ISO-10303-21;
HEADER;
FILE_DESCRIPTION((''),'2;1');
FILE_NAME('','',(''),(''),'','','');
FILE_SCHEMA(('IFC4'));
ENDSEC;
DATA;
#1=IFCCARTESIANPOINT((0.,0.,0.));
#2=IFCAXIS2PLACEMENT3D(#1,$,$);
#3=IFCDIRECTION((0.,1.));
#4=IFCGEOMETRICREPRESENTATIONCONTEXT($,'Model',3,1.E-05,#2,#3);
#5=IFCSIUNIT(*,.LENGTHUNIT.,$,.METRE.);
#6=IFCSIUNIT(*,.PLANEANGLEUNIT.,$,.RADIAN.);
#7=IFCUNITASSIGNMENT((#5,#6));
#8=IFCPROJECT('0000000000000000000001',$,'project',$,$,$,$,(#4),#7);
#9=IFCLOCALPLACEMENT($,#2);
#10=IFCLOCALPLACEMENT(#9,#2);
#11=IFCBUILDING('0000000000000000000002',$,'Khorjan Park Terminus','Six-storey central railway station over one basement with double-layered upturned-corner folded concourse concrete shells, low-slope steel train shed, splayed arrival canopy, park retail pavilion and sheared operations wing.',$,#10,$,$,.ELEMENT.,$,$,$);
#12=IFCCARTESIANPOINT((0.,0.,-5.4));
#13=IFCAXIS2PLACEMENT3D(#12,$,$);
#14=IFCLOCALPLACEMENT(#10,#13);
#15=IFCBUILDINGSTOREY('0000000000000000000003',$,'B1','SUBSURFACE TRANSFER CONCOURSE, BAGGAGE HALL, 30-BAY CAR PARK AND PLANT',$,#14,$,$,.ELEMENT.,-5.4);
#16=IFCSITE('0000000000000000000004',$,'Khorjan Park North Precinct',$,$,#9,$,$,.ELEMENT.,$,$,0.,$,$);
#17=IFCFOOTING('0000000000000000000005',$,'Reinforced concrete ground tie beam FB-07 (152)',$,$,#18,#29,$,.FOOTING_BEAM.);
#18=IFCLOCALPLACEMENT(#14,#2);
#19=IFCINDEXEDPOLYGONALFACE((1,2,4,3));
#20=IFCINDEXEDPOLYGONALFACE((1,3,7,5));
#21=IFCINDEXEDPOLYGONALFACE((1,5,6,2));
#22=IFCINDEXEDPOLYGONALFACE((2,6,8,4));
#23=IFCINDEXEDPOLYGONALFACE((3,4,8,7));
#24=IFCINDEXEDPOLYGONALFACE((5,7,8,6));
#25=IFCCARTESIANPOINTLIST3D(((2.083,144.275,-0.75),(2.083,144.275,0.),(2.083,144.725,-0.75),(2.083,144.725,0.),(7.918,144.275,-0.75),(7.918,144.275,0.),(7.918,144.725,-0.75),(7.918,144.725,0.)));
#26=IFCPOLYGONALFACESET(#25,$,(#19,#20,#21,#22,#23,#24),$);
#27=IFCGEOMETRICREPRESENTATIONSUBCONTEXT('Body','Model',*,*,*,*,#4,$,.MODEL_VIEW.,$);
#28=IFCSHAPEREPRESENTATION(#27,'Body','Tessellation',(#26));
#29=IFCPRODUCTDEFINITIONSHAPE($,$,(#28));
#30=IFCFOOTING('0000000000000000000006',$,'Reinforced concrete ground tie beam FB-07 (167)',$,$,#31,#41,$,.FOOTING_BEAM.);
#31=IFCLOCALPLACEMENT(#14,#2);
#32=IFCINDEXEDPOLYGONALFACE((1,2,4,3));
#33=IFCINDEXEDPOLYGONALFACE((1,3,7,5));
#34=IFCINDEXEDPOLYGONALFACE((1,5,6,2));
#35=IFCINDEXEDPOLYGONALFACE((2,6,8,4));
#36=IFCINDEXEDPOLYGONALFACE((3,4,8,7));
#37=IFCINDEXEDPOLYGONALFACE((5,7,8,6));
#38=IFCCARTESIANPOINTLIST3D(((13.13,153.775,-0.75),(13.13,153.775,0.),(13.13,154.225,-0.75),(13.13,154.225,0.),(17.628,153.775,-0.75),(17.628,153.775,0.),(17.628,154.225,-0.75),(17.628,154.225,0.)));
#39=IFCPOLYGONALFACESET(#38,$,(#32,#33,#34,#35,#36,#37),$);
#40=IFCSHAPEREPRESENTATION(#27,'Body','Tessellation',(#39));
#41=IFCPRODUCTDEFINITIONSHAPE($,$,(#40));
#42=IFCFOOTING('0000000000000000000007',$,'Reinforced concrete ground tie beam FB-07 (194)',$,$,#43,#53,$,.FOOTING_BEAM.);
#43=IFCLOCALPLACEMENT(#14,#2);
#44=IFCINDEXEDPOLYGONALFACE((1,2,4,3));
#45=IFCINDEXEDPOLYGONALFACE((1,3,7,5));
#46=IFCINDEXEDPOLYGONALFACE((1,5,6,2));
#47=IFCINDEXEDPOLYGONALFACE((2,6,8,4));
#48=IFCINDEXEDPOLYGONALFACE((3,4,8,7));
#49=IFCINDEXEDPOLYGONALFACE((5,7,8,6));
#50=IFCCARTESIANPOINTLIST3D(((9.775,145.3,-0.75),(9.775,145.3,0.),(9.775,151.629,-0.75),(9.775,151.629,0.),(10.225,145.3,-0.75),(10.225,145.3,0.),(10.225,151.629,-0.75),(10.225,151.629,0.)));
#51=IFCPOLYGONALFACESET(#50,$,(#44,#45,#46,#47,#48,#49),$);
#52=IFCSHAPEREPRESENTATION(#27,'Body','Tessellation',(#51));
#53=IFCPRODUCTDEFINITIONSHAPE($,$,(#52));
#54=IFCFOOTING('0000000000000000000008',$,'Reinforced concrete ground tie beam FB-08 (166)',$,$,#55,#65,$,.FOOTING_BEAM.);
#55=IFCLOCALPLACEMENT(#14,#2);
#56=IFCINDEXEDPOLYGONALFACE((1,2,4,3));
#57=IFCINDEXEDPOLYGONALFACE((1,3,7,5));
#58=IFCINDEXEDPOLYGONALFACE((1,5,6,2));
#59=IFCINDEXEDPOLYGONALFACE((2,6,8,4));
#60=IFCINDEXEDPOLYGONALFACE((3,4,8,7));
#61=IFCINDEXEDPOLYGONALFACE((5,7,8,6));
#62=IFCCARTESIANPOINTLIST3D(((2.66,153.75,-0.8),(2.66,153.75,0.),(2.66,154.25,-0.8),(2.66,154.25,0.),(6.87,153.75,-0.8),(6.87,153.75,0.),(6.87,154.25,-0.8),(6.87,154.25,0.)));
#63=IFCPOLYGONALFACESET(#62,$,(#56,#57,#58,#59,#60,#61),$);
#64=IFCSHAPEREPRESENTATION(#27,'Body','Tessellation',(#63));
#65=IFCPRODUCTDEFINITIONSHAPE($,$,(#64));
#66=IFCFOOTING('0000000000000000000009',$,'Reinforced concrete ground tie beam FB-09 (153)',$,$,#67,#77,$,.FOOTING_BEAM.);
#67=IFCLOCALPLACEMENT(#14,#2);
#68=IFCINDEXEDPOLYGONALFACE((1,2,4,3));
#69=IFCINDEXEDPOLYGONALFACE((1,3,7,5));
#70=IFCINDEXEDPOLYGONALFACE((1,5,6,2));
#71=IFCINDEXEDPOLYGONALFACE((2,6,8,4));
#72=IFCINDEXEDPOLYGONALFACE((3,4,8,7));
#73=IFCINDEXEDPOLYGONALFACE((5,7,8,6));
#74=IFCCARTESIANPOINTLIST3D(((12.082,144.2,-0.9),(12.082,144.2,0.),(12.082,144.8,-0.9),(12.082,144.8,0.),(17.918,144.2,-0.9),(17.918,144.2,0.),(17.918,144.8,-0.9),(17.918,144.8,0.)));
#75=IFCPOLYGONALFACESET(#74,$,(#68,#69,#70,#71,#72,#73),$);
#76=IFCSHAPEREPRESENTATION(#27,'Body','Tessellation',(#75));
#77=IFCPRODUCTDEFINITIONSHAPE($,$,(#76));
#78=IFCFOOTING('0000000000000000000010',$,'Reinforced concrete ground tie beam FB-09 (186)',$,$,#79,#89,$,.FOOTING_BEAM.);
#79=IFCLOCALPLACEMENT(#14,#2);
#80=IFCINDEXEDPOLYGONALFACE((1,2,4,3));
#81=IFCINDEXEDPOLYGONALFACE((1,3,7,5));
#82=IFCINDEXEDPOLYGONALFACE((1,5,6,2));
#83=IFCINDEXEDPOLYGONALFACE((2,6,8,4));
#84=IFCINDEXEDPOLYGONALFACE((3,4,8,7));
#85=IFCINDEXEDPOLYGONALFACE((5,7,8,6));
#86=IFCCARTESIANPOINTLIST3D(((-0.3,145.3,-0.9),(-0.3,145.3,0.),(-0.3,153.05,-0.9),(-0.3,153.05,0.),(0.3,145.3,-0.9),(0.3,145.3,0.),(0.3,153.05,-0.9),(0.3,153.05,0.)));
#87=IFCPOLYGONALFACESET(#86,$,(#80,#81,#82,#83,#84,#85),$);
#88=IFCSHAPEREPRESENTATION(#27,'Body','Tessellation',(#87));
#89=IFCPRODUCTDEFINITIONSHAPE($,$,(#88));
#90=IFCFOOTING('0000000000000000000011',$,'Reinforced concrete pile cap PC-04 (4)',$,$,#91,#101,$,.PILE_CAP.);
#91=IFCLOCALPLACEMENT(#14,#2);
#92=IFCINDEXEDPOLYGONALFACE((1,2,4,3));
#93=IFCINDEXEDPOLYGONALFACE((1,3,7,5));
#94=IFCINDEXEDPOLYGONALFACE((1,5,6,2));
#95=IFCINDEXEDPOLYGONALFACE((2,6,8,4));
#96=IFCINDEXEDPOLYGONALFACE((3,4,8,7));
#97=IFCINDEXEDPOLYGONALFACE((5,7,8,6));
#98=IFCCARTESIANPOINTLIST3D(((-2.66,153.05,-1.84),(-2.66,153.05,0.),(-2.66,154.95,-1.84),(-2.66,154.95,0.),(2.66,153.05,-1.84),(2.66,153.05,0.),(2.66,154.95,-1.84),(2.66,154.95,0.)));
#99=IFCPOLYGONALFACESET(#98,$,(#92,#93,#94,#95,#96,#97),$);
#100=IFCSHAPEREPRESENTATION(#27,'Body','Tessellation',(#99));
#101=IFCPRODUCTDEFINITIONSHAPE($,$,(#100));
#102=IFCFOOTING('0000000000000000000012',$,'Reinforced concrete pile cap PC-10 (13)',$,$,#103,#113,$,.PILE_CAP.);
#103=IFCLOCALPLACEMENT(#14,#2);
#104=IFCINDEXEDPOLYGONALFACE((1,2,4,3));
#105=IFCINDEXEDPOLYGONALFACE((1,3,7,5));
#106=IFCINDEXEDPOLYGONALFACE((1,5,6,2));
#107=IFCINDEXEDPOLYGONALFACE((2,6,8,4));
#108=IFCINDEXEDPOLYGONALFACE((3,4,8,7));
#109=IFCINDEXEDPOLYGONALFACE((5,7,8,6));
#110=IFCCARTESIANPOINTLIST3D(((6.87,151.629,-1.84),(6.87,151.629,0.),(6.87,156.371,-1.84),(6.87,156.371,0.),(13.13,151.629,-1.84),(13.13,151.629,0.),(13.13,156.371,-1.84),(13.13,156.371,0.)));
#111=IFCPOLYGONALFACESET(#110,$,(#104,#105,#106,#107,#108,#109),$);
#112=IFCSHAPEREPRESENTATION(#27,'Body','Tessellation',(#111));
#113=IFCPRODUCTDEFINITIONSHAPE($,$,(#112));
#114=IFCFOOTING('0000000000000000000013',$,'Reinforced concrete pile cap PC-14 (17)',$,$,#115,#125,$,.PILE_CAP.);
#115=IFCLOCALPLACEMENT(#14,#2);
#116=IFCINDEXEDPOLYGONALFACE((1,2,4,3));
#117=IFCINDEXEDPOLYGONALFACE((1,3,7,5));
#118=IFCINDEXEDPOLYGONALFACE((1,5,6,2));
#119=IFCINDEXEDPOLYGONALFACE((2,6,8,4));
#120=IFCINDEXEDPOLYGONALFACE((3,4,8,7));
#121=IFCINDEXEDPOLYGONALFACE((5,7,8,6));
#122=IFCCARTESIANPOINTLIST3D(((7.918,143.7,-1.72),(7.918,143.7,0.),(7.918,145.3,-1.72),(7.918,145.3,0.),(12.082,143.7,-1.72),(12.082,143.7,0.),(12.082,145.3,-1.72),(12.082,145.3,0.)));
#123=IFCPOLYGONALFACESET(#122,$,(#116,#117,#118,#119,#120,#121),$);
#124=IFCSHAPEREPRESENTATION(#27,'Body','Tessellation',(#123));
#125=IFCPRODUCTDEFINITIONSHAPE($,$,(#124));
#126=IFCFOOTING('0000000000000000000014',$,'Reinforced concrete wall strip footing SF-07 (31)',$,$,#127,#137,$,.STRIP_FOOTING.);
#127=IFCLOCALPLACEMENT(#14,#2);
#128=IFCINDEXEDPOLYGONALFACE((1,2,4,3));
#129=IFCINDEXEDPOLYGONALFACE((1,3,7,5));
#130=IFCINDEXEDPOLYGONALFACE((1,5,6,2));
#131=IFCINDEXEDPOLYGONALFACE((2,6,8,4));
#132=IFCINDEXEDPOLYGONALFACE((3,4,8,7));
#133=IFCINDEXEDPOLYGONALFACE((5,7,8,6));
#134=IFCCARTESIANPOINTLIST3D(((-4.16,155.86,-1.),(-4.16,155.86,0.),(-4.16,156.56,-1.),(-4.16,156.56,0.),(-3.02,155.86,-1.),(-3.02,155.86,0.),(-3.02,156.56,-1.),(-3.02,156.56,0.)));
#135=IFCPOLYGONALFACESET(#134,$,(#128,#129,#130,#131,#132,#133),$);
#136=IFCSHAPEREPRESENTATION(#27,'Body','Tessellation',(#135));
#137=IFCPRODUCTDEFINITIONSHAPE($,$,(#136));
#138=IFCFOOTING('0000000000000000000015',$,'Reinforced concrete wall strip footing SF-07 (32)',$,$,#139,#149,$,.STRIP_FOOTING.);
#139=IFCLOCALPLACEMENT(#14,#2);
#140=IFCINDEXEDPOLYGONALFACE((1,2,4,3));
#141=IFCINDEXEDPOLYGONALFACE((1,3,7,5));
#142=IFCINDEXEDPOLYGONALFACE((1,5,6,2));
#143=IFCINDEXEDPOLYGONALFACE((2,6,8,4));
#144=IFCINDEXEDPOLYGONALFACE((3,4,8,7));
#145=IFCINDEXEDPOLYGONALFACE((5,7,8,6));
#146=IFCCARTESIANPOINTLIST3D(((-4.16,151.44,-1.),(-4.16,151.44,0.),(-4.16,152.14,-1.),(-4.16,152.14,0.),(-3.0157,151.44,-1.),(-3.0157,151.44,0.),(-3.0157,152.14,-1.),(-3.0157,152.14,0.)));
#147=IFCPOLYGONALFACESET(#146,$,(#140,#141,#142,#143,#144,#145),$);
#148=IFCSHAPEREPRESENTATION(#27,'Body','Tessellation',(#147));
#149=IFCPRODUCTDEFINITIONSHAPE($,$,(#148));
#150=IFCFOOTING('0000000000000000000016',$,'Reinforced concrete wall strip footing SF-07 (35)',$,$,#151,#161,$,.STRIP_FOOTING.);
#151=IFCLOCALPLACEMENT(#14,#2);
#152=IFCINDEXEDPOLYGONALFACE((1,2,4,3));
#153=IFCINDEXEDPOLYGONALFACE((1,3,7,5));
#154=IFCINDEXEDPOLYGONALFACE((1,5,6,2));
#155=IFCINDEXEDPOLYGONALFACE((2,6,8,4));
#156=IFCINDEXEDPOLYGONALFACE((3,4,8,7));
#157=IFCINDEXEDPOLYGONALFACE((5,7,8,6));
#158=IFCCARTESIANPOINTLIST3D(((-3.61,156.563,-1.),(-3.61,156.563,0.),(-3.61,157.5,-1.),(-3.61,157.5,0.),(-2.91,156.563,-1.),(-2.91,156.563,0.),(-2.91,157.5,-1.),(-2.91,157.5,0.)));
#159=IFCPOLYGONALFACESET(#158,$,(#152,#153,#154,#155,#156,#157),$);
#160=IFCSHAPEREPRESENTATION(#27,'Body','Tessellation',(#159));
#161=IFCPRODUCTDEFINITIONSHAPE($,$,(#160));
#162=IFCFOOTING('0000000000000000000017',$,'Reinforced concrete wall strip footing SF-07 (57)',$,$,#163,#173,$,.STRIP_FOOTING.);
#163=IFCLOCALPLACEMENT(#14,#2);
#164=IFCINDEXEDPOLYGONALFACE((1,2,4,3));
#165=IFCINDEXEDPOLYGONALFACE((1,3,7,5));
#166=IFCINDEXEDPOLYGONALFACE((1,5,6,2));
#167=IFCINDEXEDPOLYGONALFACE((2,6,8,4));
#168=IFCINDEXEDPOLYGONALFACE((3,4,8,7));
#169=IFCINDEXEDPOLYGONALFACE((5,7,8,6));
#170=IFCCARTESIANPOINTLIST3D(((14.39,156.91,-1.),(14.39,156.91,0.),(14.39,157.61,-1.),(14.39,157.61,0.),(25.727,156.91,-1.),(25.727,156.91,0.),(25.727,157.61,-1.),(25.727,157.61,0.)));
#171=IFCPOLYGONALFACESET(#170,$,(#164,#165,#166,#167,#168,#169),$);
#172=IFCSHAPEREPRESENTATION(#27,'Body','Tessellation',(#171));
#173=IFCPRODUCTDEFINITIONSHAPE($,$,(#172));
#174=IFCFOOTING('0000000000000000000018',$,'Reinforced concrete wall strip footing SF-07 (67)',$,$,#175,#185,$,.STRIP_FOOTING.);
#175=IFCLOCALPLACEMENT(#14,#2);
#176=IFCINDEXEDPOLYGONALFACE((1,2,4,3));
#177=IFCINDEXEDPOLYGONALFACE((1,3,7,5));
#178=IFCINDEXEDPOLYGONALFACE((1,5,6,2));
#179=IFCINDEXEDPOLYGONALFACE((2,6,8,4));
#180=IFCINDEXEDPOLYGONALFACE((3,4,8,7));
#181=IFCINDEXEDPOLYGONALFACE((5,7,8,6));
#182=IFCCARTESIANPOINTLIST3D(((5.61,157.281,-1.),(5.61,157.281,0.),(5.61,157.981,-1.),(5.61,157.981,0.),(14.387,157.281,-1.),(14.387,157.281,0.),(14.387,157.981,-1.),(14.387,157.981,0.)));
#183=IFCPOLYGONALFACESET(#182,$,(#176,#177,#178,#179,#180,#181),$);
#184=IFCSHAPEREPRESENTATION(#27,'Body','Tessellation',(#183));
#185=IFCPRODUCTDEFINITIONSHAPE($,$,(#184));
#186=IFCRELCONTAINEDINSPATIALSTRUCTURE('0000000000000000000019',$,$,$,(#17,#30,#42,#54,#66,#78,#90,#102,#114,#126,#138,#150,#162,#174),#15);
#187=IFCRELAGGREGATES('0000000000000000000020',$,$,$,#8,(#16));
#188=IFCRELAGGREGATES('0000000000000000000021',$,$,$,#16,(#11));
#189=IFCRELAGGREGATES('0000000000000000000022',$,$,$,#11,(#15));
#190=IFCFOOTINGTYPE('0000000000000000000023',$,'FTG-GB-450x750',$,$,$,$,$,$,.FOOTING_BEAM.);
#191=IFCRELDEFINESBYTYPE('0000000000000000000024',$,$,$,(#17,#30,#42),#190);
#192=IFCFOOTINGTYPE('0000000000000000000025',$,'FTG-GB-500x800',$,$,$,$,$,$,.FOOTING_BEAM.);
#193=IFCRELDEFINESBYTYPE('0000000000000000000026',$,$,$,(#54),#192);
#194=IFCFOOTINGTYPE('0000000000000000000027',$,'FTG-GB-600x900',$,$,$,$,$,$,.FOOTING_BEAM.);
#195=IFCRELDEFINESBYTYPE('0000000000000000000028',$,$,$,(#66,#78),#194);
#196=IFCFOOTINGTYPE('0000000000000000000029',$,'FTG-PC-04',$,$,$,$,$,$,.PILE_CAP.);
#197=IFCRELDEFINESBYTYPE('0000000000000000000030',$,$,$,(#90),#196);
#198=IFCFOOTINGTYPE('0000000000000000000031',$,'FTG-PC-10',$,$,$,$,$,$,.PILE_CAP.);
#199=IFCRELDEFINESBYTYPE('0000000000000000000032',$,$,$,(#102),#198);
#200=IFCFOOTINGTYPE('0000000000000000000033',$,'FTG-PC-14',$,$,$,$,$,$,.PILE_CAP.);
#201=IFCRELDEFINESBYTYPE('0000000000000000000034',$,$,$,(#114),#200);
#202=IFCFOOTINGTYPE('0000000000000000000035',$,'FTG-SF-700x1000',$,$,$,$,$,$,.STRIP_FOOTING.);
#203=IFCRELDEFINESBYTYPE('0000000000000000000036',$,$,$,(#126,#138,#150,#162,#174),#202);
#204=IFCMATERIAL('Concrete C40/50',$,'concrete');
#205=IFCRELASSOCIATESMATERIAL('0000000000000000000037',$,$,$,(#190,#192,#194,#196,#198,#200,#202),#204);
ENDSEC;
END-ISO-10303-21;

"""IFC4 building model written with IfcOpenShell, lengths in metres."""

from ifc_helpers import new_model, si_unit, direction, frame, origin, origin_2d, place, context, subcontext, project, spatial, rectangle, extrude, material, material_profile, profile_set, type_object, element, save


model = new_model("IFC4")

# Units and contexts
model_context = context("Model", 3, precision=1e-05, world=origin(), true_north=direction((0.0, 1.0)))
body_context = subcontext(model_context, "Body", "Model", "MODEL_VIEW")
ifc_project = project(units=[si_unit("LENGTHUNIT", "METRE"), si_unit("PLANEANGLEUNIT", "RADIAN")], contexts=[model_context])

# Site, building, storey
site_placement = place(None, origin())
site = spatial("IfcSite", under=ifc_project, at=site_placement, Name="Khorjan Park North Precinct", CompositionType="ELEMENT", RefElevation=0.0)
building_placement = place(site_placement, origin())
building = spatial("IfcBuilding", under=site, at=building_placement, Name="Khorjan Park Terminus", Description="Six-storey central railway station over one basement with double-layered upturned-corner folded concourse concrete shells, low-slope steel train shed, splayed arrival canopy, park retail pavilion and sheared operations wing.", CompositionType="ELEMENT")
storey_placement = place(building_placement, frame((0.0, 0.0, -5.4)))
storey = spatial("IfcBuildingStorey", under=building, at=storey_placement, Name="B1", Description="SUBSURFACE TRANSFER CONCOURSE, BAGGAGE HALL, 30-BAY CAR PARK AND PLANT", CompositionType="ELEMENT", Elevation=-5.4)

# Footings
ifc_material_1 = material(Name="Concrete C40/50", Category="concrete")
ifc_material_profile_1 = material_profile(ifc_material_1, rectangle(XDim=0.45, YDim=0.75, at=origin_2d()), Name="RC 450x750")
ifc_profile_set_1 = profile_set([ifc_material_profile_1], Name="Concrete C40/50")
footing_type_1 = type_object("IfcFootingType", Name="FTG-GB-450x750", PredefinedType="FOOTING_BEAM", material=ifc_profile_set_1)
footing_1_placement = place(storey_placement, frame((2.083, 144.5, -0.375), z_axis=(1.0, 0.0, 0.0), x_axis=(0.0, 1.0, 0.0)))
element("IfcFooting", 1, at=footing_1_placement, inside=storey, type_object=footing_type_1, Name="Reinforced concrete ground tie beam FB-07 (152)", PredefinedType="FOOTING_BEAM", context=body_context, shape_type="SweptSolid", body=[
    extrude(rectangle(XDim=0.45, YDim=0.75, at=origin_2d()), origin(), (0.0, 0.0, 1.0), 5.835),
])
footing_2_placement = place(storey_placement, frame((13.13, 154.0, -0.375), z_axis=(1.0, 0.0, 0.0), x_axis=(0.0, 1.0, 0.0)))
element("IfcFooting", 2, at=footing_2_placement, inside=storey, type_object=footing_type_1, Name="Reinforced concrete ground tie beam FB-07 (167)", PredefinedType="FOOTING_BEAM", context=body_context, shape_type="SweptSolid", body=[
    extrude(rectangle(XDim=0.45, YDim=0.75, at=origin_2d()), origin(), (0.0, 0.0, 1.0), 4.498),
])
footing_3_placement = place(storey_placement, frame((10.0, 145.3, -0.375), z_axis=(0.0, 1.0, 0.0), x_axis=(-1.0, 0.0, 0.0)))
element("IfcFooting", 3, at=footing_3_placement, inside=storey, type_object=footing_type_1, Name="Reinforced concrete ground tie beam FB-07 (194)", PredefinedType="FOOTING_BEAM", context=body_context, shape_type="SweptSolid", body=[
    extrude(rectangle(XDim=0.45, YDim=0.75, at=origin_2d()), origin(), (0.0, 0.0, 1.0), 6.329),
])
ifc_material_profile_2 = material_profile(ifc_material_1, rectangle(XDim=0.5, YDim=0.8, at=origin_2d()), Name="RC 500x800")
ifc_profile_set_2 = profile_set([ifc_material_profile_2], Name="Concrete C40/50")
footing_type_2 = type_object("IfcFootingType", Name="FTG-GB-500x800", PredefinedType="FOOTING_BEAM", material=ifc_profile_set_2)
footing_4_placement = place(storey_placement, frame((2.66, 154.0, -0.4), z_axis=(1.0, 0.0, 0.0), x_axis=(0.0, 1.0, 0.0)))
element("IfcFooting", 4, at=footing_4_placement, inside=storey, type_object=footing_type_2, Name="Reinforced concrete ground tie beam FB-08 (166)", PredefinedType="FOOTING_BEAM", context=body_context, shape_type="SweptSolid", body=[
    extrude(rectangle(XDim=0.5, YDim=0.8, at=origin_2d()), origin(), (0.0, 0.0, 1.0), 4.21),
])
ifc_material_profile_3 = material_profile(ifc_material_1, rectangle(XDim=0.6, YDim=0.9, at=origin_2d()), Name="RC 600x900")
ifc_profile_set_3 = profile_set([ifc_material_profile_3], Name="Concrete C40/50")
footing_type_3 = type_object("IfcFootingType", Name="FTG-GB-600x900", PredefinedType="FOOTING_BEAM", material=ifc_profile_set_3)
footing_5_placement = place(storey_placement, frame((12.082, 144.5, -0.45), z_axis=(1.0, 0.0, 0.0), x_axis=(0.0, 1.0, 0.0)))
element("IfcFooting", 5, at=footing_5_placement, inside=storey, type_object=footing_type_3, Name="Reinforced concrete ground tie beam FB-09 (153)", PredefinedType="FOOTING_BEAM", context=body_context, shape_type="SweptSolid", body=[
    extrude(rectangle(XDim=0.6, YDim=0.9, at=origin_2d()), origin(), (0.0, 0.0, 1.0), 5.836),
])
footing_6_placement = place(storey_placement, frame((0.0, 145.3, -0.45), z_axis=(0.0, 1.0, 0.0), x_axis=(-1.0, 0.0, 0.0)))
element("IfcFooting", 6, at=footing_6_placement, inside=storey, type_object=footing_type_3, Name="Reinforced concrete ground tie beam FB-09 (186)", PredefinedType="FOOTING_BEAM", context=body_context, shape_type="SweptSolid", body=[
    extrude(rectangle(XDim=0.6, YDim=0.9, at=origin_2d()), origin(), (0.0, 0.0, 1.0), 7.75),
])
footing_type_4 = type_object("IfcFootingType", Name="FTG-PC-04", PredefinedType="PILE_CAP", material=ifc_material_1)
footing_7_placement = place(storey_placement, frame((0.0, 154.0, -1.84), z_axis=(0.0, 0.0, 1.0), x_axis=(1.0, 0.0, 0.0)))
element("IfcFooting", 7, at=footing_7_placement, inside=storey, type_object=footing_type_4, Name="Reinforced concrete pile cap PC-04 (4)", PredefinedType="PILE_CAP", context=body_context, shape_type="SweptSolid", body=[
    extrude(rectangle(XDim=5.32, YDim=1.9, at=origin_2d()), origin(), (0.0, 0.0, 1.0), 1.84),
])
footing_type_5 = type_object("IfcFootingType", Name="FTG-PC-10", PredefinedType="PILE_CAP", material=ifc_material_1)
footing_8_placement = place(storey_placement, frame((10.0, 154.0, -1.84), z_axis=(0.0, 0.0, 1.0), x_axis=(1.0, 0.0, 0.0)))
element("IfcFooting", 8, at=footing_8_placement, inside=storey, type_object=footing_type_5, Name="Reinforced concrete pile cap PC-10 (13)", PredefinedType="PILE_CAP", context=body_context, shape_type="SweptSolid", body=[
    extrude(rectangle(XDim=6.26, YDim=4.742, at=origin_2d()), origin(), (0.0, 0.0, 1.0), 1.84),
])
footing_type_6 = type_object("IfcFootingType", Name="FTG-PC-14", PredefinedType="PILE_CAP", material=ifc_material_1)
footing_9_placement = place(storey_placement, frame((10.0, 144.5, -1.72), z_axis=(0.0, 0.0, 1.0), x_axis=(1.0, 0.0, 0.0)))
element("IfcFooting", 9, at=footing_9_placement, inside=storey, type_object=footing_type_6, Name="Reinforced concrete pile cap PC-14 (17)", PredefinedType="PILE_CAP", context=body_context, shape_type="SweptSolid", body=[
    extrude(rectangle(XDim=4.164, YDim=1.6, at=origin_2d()), origin(), (0.0, 0.0, 1.0), 1.72),
])
ifc_material_profile_4 = material_profile(ifc_material_1, rectangle(XDim=0.7, YDim=1.0, at=origin_2d()), Name="RC 700x1000")
ifc_profile_set_4 = profile_set([ifc_material_profile_4], Name="Concrete C40/50")
footing_type_7 = type_object("IfcFootingType", Name="FTG-SF-700x1000", PredefinedType="STRIP_FOOTING", material=ifc_profile_set_4)
footing_10_placement = place(storey_placement, frame((-4.16, 156.21, -0.5), z_axis=(1.0, 0.0, 0.0), x_axis=(0.0, 1.0, 0.0)))
element("IfcFooting", 10, at=footing_10_placement, inside=storey, type_object=footing_type_7, Name="Reinforced concrete wall strip footing SF-07 (31)", PredefinedType="STRIP_FOOTING", context=body_context, shape_type="SweptSolid", body=[
    extrude(rectangle(XDim=0.7, YDim=1.0, at=origin_2d()), origin(), (0.0, 0.0, 1.0), 1.14),
])
footing_11_placement = place(storey_placement, frame((-3.0157, 151.79, -0.5), z_axis=(-1.0, 0.0, 0.0), x_axis=(0.0, -1.0, 0.0)))
element("IfcFooting", 11, at=footing_11_placement, inside=storey, type_object=footing_type_7, Name="Reinforced concrete wall strip footing SF-07 (32)", PredefinedType="STRIP_FOOTING", context=body_context, shape_type="SweptSolid", body=[
    extrude(rectangle(XDim=0.7, YDim=1.0, at=origin_2d()), origin(), (0.0, 0.0, 1.0), 1.1443),
])
footing_12_placement = place(storey_placement, frame((-3.26, 156.563, -0.5), z_axis=(0.0, 1.0, 0.0), x_axis=(-1.0, 0.0, 0.0)))
element("IfcFooting", 12, at=footing_12_placement, inside=storey, type_object=footing_type_7, Name="Reinforced concrete wall strip footing SF-07 (35)", PredefinedType="STRIP_FOOTING", context=body_context, shape_type="SweptSolid", body=[
    extrude(rectangle(XDim=0.7, YDim=1.0, at=origin_2d()), origin(), (0.0, 0.0, 1.0), 0.937),
])
footing_13_placement = place(storey_placement, frame((14.39, 157.26, -0.5), z_axis=(1.0, 0.0, 0.0), x_axis=(0.0, 1.0, 0.0)))
element("IfcFooting", 13, at=footing_13_placement, inside=storey, type_object=footing_type_7, Name="Reinforced concrete wall strip footing SF-07 (57)", PredefinedType="STRIP_FOOTING", context=body_context, shape_type="SweptSolid", body=[
    extrude(rectangle(XDim=0.7, YDim=1.0, at=origin_2d()), origin(), (0.0, 0.0, 1.0), 11.337),
])
footing_14_placement = place(storey_placement, frame((5.61, 157.631, -0.5), z_axis=(1.0, 0.0, 0.0), x_axis=(0.0, 1.0, 0.0)))
element("IfcFooting", 14, at=footing_14_placement, inside=storey, type_object=footing_type_7, Name="Reinforced concrete wall strip footing SF-07 (67)", PredefinedType="STRIP_FOOTING", context=body_context, shape_type="SweptSolid", body=[
    extrude(rectangle(XDim=0.7, YDim=1.0, at=origin_2d()), origin(), (0.0, 0.0, 1.0), 8.777),
])

save(model, "model.ifc")
